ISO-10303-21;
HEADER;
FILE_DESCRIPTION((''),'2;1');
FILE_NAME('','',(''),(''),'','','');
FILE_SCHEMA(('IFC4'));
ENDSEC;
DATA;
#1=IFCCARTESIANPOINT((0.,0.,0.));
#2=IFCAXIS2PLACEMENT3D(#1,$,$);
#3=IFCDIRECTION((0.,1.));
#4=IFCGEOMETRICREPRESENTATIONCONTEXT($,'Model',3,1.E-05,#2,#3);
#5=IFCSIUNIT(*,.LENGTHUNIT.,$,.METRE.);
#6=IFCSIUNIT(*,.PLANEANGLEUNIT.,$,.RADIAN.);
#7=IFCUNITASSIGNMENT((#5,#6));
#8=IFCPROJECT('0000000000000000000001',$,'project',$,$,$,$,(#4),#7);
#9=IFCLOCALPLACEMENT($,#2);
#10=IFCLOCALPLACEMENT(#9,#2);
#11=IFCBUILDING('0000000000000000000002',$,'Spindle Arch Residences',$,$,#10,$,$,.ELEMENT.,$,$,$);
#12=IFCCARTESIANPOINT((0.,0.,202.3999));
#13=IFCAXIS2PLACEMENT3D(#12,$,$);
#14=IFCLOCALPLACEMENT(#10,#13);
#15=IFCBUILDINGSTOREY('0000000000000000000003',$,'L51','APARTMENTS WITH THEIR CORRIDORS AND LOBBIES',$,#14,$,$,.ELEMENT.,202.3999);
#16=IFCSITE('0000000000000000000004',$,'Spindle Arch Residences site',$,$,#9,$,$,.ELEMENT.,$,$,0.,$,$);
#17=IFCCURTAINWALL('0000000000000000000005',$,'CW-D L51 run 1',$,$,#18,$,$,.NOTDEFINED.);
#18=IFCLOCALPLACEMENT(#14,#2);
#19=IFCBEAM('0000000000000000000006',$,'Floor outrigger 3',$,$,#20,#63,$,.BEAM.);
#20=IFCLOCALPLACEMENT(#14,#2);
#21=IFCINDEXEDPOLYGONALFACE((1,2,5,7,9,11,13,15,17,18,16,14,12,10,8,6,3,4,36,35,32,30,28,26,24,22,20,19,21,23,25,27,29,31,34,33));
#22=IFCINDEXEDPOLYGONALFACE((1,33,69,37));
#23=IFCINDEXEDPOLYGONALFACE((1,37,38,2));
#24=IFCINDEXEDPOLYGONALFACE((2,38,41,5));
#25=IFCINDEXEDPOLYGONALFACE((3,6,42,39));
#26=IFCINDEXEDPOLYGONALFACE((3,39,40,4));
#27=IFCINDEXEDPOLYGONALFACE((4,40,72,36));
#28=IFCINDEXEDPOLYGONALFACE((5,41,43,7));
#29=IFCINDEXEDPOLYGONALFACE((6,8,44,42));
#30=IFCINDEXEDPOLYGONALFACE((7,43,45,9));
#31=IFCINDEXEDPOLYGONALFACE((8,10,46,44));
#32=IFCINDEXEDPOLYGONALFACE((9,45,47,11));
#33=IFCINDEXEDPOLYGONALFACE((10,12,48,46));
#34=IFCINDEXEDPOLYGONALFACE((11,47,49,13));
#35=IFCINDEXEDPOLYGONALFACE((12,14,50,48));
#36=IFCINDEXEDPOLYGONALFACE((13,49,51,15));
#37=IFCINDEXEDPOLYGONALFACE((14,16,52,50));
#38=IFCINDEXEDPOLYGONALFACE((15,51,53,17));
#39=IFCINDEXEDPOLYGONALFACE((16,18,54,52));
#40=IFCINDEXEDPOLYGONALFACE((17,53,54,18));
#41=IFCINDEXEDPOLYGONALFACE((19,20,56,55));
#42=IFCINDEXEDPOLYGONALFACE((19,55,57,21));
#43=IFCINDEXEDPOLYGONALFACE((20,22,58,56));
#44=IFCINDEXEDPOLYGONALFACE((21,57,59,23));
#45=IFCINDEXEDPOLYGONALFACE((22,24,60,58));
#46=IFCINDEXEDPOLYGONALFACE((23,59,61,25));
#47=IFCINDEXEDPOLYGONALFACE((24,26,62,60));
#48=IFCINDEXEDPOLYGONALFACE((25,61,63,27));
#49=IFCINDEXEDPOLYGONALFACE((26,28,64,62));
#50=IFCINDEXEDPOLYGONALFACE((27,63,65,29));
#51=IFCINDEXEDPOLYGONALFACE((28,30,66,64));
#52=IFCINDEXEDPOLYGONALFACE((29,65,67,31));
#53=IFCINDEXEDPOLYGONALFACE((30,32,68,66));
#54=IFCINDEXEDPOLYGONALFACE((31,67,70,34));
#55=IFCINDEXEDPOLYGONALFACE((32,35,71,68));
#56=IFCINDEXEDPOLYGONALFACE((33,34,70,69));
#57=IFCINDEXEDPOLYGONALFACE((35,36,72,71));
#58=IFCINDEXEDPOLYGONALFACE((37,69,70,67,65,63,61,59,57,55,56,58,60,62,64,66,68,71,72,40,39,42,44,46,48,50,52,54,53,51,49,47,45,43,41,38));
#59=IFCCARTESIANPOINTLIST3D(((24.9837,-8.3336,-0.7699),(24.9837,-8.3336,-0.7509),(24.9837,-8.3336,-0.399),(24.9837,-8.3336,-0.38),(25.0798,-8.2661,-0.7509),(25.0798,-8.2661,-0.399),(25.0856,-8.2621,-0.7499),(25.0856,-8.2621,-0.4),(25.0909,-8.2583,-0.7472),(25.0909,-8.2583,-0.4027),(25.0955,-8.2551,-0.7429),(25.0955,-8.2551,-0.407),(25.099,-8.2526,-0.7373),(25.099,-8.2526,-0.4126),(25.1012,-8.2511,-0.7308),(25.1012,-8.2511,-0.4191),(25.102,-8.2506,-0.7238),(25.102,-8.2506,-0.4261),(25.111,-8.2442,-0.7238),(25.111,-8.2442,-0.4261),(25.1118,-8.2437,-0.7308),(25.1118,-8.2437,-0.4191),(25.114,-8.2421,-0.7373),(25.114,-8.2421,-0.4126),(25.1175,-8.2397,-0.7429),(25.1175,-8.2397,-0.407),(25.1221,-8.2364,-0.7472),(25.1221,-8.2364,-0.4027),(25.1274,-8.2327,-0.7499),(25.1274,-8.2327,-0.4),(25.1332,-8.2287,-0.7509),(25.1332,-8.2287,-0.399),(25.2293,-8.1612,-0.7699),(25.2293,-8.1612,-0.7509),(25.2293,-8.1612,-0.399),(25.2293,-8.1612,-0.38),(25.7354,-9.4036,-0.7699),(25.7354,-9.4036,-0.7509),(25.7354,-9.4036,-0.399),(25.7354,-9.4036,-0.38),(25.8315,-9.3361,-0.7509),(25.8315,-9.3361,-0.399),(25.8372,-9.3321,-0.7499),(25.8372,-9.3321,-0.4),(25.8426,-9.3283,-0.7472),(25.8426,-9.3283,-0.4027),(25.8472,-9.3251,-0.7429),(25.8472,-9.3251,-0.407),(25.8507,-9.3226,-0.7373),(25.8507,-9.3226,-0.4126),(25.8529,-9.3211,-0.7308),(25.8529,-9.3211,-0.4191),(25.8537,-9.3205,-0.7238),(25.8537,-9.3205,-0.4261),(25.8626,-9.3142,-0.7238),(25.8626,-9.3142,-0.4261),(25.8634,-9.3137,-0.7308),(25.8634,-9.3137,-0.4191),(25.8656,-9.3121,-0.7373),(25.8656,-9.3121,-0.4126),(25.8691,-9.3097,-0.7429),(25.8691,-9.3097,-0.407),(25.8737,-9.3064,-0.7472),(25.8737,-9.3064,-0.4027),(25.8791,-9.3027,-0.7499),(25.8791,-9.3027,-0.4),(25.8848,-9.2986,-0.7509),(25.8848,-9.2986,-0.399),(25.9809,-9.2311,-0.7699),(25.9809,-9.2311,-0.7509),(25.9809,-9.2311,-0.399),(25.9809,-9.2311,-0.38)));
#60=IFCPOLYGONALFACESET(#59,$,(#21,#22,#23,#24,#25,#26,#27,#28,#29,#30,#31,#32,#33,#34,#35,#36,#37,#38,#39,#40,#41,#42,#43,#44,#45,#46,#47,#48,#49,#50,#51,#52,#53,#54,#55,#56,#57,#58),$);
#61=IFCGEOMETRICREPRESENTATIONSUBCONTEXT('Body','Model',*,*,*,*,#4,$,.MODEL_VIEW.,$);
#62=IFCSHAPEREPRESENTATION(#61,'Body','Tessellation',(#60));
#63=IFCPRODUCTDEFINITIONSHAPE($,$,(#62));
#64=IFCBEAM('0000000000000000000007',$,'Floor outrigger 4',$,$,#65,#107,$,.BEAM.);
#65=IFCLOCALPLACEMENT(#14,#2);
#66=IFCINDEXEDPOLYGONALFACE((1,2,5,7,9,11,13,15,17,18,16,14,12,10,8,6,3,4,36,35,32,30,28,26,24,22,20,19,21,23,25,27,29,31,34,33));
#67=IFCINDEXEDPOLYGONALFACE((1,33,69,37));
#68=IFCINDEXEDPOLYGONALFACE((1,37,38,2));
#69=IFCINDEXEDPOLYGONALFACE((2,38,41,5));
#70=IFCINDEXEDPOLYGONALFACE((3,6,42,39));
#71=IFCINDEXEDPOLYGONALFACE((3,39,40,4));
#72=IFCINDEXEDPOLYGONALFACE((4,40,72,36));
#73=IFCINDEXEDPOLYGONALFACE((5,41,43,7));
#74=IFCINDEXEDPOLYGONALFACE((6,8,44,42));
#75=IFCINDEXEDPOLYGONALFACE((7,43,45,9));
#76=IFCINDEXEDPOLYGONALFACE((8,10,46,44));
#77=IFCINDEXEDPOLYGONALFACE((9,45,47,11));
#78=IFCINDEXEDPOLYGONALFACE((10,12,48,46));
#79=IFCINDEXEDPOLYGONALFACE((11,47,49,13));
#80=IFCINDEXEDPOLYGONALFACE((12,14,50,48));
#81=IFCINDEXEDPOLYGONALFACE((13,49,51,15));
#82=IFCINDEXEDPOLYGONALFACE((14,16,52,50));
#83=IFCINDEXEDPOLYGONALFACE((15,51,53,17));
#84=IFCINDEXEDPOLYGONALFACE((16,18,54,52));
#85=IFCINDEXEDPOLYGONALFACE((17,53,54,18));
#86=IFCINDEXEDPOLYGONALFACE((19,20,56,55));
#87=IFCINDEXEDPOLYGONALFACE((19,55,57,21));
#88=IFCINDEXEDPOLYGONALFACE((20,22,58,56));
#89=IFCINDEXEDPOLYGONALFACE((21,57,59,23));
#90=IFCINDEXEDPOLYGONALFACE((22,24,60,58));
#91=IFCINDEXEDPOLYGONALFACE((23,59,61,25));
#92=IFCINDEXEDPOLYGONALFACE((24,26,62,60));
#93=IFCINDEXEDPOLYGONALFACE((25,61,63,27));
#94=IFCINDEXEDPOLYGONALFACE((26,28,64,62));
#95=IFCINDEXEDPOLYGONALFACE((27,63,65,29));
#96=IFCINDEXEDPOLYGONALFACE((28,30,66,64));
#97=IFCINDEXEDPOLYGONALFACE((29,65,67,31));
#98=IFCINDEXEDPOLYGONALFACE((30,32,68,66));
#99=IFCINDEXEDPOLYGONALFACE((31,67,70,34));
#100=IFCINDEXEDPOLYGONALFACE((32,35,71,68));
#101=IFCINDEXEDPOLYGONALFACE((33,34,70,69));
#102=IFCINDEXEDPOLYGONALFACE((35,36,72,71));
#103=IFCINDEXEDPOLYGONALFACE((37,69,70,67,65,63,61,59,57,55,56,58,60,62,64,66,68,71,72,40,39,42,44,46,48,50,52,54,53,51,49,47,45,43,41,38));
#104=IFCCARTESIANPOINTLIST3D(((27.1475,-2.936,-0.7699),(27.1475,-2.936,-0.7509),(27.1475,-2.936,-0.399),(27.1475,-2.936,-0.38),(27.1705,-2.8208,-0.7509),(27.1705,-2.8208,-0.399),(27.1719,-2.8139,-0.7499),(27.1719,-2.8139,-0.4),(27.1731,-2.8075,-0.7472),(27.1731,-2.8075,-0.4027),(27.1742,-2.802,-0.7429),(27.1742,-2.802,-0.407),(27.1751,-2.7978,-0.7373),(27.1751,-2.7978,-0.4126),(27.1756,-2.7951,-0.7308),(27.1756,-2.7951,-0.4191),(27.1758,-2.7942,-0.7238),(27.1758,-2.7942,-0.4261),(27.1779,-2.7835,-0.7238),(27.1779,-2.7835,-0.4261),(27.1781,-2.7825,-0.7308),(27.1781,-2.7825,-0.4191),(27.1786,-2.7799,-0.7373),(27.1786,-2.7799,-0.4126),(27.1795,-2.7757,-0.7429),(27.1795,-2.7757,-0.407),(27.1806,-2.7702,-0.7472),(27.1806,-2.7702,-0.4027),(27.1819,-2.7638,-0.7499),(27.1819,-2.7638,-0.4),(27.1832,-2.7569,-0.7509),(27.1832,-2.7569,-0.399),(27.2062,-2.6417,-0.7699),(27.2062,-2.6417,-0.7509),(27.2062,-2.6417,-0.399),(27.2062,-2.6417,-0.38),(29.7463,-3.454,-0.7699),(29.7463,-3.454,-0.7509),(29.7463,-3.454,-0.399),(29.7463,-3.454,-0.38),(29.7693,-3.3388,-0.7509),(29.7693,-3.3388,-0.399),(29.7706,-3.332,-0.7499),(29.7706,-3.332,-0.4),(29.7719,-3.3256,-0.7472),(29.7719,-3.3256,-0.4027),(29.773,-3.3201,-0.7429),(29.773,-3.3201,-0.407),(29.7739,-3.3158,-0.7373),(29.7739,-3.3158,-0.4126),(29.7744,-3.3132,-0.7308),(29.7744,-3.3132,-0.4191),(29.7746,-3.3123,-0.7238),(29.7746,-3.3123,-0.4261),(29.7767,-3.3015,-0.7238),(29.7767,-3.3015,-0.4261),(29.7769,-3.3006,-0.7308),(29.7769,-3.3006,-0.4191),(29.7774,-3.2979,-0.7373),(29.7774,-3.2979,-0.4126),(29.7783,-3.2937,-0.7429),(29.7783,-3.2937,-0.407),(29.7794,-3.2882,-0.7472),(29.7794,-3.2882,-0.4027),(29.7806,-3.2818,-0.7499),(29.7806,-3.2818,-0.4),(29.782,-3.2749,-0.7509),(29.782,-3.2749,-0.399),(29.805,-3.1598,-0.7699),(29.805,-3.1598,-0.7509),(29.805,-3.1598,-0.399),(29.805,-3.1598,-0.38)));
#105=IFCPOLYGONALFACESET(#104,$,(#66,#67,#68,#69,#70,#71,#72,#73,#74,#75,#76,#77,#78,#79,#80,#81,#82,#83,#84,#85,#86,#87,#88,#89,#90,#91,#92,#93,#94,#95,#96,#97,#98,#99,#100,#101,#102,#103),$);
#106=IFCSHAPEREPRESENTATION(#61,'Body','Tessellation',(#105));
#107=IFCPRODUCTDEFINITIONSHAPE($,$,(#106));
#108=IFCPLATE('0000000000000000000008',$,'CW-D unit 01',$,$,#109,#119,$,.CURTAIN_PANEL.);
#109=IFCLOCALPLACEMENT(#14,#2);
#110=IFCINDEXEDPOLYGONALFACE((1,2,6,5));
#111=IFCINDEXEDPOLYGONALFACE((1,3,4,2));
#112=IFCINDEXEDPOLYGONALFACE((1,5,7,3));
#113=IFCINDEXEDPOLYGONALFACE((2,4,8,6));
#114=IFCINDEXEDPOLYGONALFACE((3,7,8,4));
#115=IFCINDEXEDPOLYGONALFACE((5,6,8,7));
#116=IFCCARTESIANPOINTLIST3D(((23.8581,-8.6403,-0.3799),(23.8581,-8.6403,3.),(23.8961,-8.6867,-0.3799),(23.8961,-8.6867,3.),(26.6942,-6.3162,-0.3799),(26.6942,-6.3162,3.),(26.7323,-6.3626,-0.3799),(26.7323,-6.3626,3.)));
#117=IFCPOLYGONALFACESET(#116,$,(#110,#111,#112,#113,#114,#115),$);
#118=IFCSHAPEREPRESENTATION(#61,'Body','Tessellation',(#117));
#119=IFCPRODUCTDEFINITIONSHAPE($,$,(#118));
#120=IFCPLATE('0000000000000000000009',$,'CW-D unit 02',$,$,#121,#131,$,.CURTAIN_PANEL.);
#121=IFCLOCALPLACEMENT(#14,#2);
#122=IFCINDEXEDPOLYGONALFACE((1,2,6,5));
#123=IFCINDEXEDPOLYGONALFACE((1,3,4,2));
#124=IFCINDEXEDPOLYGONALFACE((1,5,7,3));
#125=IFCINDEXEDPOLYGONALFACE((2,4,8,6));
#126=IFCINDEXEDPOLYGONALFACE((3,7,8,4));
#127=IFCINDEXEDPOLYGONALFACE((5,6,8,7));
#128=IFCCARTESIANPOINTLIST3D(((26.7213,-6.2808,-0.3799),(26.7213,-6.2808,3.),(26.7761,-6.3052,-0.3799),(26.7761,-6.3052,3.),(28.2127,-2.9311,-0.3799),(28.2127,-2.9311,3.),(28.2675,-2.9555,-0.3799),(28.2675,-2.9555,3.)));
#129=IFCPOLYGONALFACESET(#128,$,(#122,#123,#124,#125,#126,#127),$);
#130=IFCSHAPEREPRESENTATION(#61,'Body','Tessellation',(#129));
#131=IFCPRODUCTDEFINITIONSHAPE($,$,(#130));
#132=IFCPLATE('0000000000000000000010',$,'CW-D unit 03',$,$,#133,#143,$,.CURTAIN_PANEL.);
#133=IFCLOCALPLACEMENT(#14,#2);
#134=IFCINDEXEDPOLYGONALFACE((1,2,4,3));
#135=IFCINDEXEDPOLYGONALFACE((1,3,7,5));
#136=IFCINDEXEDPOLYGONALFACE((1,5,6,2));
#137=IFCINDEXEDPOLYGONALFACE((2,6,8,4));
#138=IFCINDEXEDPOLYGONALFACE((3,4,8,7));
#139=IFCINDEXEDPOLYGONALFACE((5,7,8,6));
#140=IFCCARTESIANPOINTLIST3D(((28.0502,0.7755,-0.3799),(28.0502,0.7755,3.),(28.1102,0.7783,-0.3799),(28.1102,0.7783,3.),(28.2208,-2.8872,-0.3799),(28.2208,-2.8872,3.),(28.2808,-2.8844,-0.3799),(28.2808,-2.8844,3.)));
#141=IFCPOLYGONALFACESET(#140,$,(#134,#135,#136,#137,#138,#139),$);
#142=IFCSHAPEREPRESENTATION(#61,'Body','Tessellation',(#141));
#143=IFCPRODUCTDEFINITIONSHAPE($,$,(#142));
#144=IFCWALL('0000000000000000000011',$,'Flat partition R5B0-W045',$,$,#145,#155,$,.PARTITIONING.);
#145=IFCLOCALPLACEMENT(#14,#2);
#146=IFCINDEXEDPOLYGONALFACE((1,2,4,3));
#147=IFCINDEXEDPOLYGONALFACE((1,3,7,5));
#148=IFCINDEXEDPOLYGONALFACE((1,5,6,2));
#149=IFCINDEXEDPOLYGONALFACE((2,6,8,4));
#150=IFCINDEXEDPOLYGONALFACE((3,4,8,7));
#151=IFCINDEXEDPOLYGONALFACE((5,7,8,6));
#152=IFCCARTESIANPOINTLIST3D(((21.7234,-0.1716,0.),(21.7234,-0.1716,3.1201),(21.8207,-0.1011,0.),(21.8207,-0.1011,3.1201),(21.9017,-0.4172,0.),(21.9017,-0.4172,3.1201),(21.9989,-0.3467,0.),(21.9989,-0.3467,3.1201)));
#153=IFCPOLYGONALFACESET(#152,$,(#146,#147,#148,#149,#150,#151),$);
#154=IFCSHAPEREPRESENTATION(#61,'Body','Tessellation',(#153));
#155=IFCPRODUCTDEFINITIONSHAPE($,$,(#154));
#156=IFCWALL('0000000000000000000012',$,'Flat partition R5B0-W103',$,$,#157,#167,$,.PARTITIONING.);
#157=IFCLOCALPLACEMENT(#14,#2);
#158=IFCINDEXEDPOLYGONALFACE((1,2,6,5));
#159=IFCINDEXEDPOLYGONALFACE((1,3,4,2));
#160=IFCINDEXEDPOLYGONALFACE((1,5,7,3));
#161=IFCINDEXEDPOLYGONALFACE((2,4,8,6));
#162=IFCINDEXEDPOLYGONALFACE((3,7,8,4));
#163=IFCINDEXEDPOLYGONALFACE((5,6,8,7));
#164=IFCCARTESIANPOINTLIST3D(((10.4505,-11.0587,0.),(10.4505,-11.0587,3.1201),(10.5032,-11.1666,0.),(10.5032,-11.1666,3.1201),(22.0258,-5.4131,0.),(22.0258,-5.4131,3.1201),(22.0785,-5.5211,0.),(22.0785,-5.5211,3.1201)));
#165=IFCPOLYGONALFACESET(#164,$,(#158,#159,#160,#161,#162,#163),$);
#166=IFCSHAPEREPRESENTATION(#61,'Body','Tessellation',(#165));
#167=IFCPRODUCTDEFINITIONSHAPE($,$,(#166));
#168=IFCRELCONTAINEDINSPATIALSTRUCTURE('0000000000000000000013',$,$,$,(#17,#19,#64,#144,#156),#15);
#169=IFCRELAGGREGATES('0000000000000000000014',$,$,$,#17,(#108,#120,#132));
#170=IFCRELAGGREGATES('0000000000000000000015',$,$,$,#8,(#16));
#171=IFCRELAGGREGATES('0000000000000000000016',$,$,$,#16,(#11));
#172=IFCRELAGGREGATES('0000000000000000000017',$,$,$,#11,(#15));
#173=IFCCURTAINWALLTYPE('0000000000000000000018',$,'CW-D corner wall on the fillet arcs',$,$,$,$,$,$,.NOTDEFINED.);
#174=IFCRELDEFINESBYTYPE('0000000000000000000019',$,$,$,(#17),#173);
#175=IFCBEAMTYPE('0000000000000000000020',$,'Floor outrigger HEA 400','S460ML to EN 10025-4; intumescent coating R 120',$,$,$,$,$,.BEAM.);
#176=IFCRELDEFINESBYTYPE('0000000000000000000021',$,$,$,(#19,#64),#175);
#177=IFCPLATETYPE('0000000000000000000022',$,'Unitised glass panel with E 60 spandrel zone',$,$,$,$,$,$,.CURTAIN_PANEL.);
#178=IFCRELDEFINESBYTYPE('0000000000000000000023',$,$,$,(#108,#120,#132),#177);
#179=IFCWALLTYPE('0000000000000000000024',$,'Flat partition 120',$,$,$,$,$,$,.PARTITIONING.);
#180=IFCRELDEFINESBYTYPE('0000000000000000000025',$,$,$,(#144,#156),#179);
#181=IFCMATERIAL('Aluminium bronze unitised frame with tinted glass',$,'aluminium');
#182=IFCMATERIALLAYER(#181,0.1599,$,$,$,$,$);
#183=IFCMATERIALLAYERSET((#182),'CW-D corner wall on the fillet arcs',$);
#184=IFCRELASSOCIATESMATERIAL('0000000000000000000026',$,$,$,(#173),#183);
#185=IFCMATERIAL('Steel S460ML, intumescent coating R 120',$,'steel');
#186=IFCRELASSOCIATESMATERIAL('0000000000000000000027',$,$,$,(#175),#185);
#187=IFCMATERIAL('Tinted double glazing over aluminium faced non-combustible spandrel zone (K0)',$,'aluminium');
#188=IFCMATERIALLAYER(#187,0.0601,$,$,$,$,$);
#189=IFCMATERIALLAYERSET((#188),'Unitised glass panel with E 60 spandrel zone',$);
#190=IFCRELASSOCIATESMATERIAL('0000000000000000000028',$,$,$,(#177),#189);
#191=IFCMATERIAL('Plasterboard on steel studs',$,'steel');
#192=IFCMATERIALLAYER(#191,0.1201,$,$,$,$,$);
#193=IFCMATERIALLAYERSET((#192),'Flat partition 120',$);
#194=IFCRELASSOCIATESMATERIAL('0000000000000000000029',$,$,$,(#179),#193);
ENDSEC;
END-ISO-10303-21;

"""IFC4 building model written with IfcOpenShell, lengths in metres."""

from ifc_helpers import new_model, si_unit, direction, frame, frame_2d, origin, origin_2d, place, context, subcontext, project, spatial, rectangle, i_section, extrude, material, layer, layer_set, material_profile, profile_set, type_object, element, aggregate, save


model = new_model("IFC4")

# Units and contexts
model_context = context("Model", 3, precision=1e-05, world=origin(), true_north=direction((0.0, 1.0)))
body_context = subcontext(model_context, "Body", "Model", "MODEL_VIEW")
ifc_project = project(units=[si_unit("LENGTHUNIT", "METRE"), si_unit("PLANEANGLEUNIT", "RADIAN")], contexts=[model_context])

# Site, building, storey
site_placement = place(None, origin())
site = spatial("IfcSite", under=ifc_project, at=site_placement, Name="Spindle Arch Residences site", CompositionType="ELEMENT", RefElevation=0.0)
building_placement = place(site_placement, origin())
building = spatial("IfcBuilding", under=site, at=building_placement, Name="Spindle Arch Residences", CompositionType="ELEMENT")
storey_placement = place(building_placement, frame((0.0, 0.0, 202.3999)))
storey = spatial("IfcBuildingStorey", under=building, at=storey_placement, Name="L51", Description="APARTMENTS WITH THEIR CORRIDORS AND LOBBIES", CompositionType="ELEMENT", Elevation=202.3999)

# Curtain wall
ifc_material_1 = material(Name="Aluminium bronze unitised frame with tinted glass", Category="aluminium")
ifc_layer_1 = layer(ifc_material_1, 0.1599)
ifc_layer_set_1 = layer_set([ifc_layer_1], Name="CW-D corner wall on the fillet arcs")
curtain_wall_type = type_object("IfcCurtainWallType", Name="CW-D corner wall on the fillet arcs", PredefinedType="NOTDEFINED", material=ifc_layer_set_1)
curtain_wall_placement = place(storey_placement, origin())
curtain_wall = element("IfcCurtainWall", 1, at=curtain_wall_placement, inside=storey, type_object=curtain_wall_type, Name="CW-D L51 run 1", PredefinedType="NOTDEFINED")

# Beams
ifc_material_2 = material(Name="Steel S460ML, intumescent coating R 120", Category="steel")
ifc_material_profile_1 = material_profile(ifc_material_2, i_section(OverallWidth=0.3, OverallDepth=0.3899, WebThickness=0.011, FlangeThickness=0.019, FilletRadius=0.0271, at=origin_2d()), Name="HEA 400")
ifc_profile_set_1 = profile_set([ifc_material_profile_1], Name="Steel S460ML, intumescent coating R 120")
beam_type_1 = type_object("IfcBeamType", Name="Floor outrigger HEA 400", Description="S460ML to EN 10025-4; intumescent coating R 120", PredefinedType="BEAM", material=ifc_profile_set_1)
beam_1_placement = place(storey_placement, frame((25.8582, -9.3174, -0.575), z_axis=(-0.574827, 0.818275, 0.0), x_axis=(-0.818275, -0.574827, 0.0)))
element("IfcBeam", 2, at=beam_1_placement, inside=storey, type_object=beam_type_1, Name="Floor outrigger 3", PredefinedType="BEAM", context=body_context, shape_type="SweptSolid", body=[
    extrude(i_section(OverallWidth=0.3, OverallDepth=0.3899, WebThickness=0.011, FlangeThickness=0.019, FilletRadius=0.0271, at=origin_2d()), origin(), (0.0, 0.0, 1.0), 1.3076),
])
beam_2_placement = place(storey_placement, frame((29.7756, -3.3069, -0.575), z_axis=(-0.980704, 0.195496, 0.0), x_axis=(-0.195496, -0.980704, 0.0)))
element("IfcBeam", 3, at=beam_2_placement, inside=storey, type_object=beam_type_1, Name="Floor outrigger 4", PredefinedType="BEAM", context=body_context, shape_type="SweptSolid", body=[
    extrude(i_section(OverallWidth=0.3, OverallDepth=0.3899, WebThickness=0.011, FlangeThickness=0.019, FilletRadius=0.0271, at=origin_2d()), origin(), (0.0, 0.0, 1.0), 2.6499),
])

# Plates
ifc_material_3 = material(Name="Tinted double glazing over aluminium faced non-combustible spandrel zone (K0)", Category="aluminium")
ifc_layer_2 = layer(ifc_material_3, 0.0601)
ifc_layer_set_2 = layer_set([ifc_layer_2], Name="Unitised glass panel with E 60 spandrel zone")
plate_type = type_object("IfcPlateType", Name="Unitised glass panel with E 60 spandrel zone", PredefinedType="CURTAIN_PANEL", material=ifc_layer_set_2)
plate_1_placement = place(storey_placement, frame((25.2952, -7.5015, -0.3799), z_axis=(0.0, 0.0, 1.0), x_axis=(0.773472, 0.633831, 0.0)))
plate_1 = element("IfcPlate", 4, at=plate_1_placement, type_object=plate_type, Name="CW-D unit 01", PredefinedType="CURTAIN_PANEL", context=body_context, shape_type="SweptSolid", body=[
    extrude(rectangle(XDim=3.6667, YDim=0.0601, at=origin_2d()), origin(), (0.0, 0.0, 1.0), 3.3799),
])
plate_2_placement = place(storey_placement, frame((27.4944, -4.6182, -0.3799), z_axis=(0.0, 0.0, 1.0), x_axis=(0.406737, 0.913545, 0.0)))
plate_2 = element("IfcPlate", 5, at=plate_2_placement, type_object=plate_type, Name="CW-D unit 02", PredefinedType="CURTAIN_PANEL", context=body_context, shape_type="SweptSolid", body=[
    extrude(rectangle(XDim=3.6667, YDim=0.0601, at=origin_2d()), origin(), (0.0, 0.0, 1.0), 3.3799),
])
plate_3_placement = place(storey_placement, frame((28.1655, -1.0544, -0.3799), z_axis=(0.0, 0.0, 1.0), x_axis=(-0.046525, 0.998917, 0.0)))
plate_3 = element("IfcPlate", 6, at=plate_3_placement, type_object=plate_type, Name="CW-D unit 03", PredefinedType="CURTAIN_PANEL", context=body_context, shape_type="SweptSolid", body=[
    extrude(rectangle(XDim=3.6667, YDim=0.0601, at=origin_2d()), origin(), (0.0, 0.0, 1.0), 3.3799),
])
aggregate(curtain_wall, [plate_1, plate_2, plate_3])

# Walls
ifc_material_4 = material(Name="Plasterboard on steel studs", Category="steel")
ifc_layer_3 = layer(ifc_material_4, 0.1201)
ifc_layer_set_3 = layer_set([ifc_layer_3], Name="Flat partition 120")
wall_type_1 = type_object("IfcWallType", Name="Flat partition 120", PredefinedType="PARTITIONING", material=ifc_layer_set_3)
wall_1_placement = place(storey_placement, frame((21.772, -0.1362, 0.0), z_axis=(0.0, 0.0, 1.0), x_axis=(0.58731, -0.809362, 0.0)))
element("IfcWall", 7, at=wall_1_placement, inside=storey, type_object=wall_type_1, Name="Flat partition R5B0-W045", PredefinedType="PARTITIONING", context=body_context, shape_type="SweptSolid", body=[
    extrude(rectangle(XDim=0.3035, YDim=0.1201, at=frame_2d((0.1519, 0.0))), origin(), (0.0, 0.0, 1.0), 3.1201),
])
wall_2_placement = place(storey_placement, frame((22.0522, -5.467, 0.0), z_axis=(0.0, 0.0, 1.0), x_axis=(-0.898797, -0.438365, 0.0)))
element("IfcWall", 8, at=wall_2_placement, inside=storey, type_object=wall_type_1, Name="Flat partition R5B0-W103", PredefinedType="PARTITIONING", context=body_context, shape_type="SweptSolid", body=[
    extrude(rectangle(XDim=12.8787, YDim=0.1201, at=frame_2d((6.4395, 0.0))), origin(), (0.0, 0.0, 1.0), 3.1201),
])

save(model, "model.ifc")
